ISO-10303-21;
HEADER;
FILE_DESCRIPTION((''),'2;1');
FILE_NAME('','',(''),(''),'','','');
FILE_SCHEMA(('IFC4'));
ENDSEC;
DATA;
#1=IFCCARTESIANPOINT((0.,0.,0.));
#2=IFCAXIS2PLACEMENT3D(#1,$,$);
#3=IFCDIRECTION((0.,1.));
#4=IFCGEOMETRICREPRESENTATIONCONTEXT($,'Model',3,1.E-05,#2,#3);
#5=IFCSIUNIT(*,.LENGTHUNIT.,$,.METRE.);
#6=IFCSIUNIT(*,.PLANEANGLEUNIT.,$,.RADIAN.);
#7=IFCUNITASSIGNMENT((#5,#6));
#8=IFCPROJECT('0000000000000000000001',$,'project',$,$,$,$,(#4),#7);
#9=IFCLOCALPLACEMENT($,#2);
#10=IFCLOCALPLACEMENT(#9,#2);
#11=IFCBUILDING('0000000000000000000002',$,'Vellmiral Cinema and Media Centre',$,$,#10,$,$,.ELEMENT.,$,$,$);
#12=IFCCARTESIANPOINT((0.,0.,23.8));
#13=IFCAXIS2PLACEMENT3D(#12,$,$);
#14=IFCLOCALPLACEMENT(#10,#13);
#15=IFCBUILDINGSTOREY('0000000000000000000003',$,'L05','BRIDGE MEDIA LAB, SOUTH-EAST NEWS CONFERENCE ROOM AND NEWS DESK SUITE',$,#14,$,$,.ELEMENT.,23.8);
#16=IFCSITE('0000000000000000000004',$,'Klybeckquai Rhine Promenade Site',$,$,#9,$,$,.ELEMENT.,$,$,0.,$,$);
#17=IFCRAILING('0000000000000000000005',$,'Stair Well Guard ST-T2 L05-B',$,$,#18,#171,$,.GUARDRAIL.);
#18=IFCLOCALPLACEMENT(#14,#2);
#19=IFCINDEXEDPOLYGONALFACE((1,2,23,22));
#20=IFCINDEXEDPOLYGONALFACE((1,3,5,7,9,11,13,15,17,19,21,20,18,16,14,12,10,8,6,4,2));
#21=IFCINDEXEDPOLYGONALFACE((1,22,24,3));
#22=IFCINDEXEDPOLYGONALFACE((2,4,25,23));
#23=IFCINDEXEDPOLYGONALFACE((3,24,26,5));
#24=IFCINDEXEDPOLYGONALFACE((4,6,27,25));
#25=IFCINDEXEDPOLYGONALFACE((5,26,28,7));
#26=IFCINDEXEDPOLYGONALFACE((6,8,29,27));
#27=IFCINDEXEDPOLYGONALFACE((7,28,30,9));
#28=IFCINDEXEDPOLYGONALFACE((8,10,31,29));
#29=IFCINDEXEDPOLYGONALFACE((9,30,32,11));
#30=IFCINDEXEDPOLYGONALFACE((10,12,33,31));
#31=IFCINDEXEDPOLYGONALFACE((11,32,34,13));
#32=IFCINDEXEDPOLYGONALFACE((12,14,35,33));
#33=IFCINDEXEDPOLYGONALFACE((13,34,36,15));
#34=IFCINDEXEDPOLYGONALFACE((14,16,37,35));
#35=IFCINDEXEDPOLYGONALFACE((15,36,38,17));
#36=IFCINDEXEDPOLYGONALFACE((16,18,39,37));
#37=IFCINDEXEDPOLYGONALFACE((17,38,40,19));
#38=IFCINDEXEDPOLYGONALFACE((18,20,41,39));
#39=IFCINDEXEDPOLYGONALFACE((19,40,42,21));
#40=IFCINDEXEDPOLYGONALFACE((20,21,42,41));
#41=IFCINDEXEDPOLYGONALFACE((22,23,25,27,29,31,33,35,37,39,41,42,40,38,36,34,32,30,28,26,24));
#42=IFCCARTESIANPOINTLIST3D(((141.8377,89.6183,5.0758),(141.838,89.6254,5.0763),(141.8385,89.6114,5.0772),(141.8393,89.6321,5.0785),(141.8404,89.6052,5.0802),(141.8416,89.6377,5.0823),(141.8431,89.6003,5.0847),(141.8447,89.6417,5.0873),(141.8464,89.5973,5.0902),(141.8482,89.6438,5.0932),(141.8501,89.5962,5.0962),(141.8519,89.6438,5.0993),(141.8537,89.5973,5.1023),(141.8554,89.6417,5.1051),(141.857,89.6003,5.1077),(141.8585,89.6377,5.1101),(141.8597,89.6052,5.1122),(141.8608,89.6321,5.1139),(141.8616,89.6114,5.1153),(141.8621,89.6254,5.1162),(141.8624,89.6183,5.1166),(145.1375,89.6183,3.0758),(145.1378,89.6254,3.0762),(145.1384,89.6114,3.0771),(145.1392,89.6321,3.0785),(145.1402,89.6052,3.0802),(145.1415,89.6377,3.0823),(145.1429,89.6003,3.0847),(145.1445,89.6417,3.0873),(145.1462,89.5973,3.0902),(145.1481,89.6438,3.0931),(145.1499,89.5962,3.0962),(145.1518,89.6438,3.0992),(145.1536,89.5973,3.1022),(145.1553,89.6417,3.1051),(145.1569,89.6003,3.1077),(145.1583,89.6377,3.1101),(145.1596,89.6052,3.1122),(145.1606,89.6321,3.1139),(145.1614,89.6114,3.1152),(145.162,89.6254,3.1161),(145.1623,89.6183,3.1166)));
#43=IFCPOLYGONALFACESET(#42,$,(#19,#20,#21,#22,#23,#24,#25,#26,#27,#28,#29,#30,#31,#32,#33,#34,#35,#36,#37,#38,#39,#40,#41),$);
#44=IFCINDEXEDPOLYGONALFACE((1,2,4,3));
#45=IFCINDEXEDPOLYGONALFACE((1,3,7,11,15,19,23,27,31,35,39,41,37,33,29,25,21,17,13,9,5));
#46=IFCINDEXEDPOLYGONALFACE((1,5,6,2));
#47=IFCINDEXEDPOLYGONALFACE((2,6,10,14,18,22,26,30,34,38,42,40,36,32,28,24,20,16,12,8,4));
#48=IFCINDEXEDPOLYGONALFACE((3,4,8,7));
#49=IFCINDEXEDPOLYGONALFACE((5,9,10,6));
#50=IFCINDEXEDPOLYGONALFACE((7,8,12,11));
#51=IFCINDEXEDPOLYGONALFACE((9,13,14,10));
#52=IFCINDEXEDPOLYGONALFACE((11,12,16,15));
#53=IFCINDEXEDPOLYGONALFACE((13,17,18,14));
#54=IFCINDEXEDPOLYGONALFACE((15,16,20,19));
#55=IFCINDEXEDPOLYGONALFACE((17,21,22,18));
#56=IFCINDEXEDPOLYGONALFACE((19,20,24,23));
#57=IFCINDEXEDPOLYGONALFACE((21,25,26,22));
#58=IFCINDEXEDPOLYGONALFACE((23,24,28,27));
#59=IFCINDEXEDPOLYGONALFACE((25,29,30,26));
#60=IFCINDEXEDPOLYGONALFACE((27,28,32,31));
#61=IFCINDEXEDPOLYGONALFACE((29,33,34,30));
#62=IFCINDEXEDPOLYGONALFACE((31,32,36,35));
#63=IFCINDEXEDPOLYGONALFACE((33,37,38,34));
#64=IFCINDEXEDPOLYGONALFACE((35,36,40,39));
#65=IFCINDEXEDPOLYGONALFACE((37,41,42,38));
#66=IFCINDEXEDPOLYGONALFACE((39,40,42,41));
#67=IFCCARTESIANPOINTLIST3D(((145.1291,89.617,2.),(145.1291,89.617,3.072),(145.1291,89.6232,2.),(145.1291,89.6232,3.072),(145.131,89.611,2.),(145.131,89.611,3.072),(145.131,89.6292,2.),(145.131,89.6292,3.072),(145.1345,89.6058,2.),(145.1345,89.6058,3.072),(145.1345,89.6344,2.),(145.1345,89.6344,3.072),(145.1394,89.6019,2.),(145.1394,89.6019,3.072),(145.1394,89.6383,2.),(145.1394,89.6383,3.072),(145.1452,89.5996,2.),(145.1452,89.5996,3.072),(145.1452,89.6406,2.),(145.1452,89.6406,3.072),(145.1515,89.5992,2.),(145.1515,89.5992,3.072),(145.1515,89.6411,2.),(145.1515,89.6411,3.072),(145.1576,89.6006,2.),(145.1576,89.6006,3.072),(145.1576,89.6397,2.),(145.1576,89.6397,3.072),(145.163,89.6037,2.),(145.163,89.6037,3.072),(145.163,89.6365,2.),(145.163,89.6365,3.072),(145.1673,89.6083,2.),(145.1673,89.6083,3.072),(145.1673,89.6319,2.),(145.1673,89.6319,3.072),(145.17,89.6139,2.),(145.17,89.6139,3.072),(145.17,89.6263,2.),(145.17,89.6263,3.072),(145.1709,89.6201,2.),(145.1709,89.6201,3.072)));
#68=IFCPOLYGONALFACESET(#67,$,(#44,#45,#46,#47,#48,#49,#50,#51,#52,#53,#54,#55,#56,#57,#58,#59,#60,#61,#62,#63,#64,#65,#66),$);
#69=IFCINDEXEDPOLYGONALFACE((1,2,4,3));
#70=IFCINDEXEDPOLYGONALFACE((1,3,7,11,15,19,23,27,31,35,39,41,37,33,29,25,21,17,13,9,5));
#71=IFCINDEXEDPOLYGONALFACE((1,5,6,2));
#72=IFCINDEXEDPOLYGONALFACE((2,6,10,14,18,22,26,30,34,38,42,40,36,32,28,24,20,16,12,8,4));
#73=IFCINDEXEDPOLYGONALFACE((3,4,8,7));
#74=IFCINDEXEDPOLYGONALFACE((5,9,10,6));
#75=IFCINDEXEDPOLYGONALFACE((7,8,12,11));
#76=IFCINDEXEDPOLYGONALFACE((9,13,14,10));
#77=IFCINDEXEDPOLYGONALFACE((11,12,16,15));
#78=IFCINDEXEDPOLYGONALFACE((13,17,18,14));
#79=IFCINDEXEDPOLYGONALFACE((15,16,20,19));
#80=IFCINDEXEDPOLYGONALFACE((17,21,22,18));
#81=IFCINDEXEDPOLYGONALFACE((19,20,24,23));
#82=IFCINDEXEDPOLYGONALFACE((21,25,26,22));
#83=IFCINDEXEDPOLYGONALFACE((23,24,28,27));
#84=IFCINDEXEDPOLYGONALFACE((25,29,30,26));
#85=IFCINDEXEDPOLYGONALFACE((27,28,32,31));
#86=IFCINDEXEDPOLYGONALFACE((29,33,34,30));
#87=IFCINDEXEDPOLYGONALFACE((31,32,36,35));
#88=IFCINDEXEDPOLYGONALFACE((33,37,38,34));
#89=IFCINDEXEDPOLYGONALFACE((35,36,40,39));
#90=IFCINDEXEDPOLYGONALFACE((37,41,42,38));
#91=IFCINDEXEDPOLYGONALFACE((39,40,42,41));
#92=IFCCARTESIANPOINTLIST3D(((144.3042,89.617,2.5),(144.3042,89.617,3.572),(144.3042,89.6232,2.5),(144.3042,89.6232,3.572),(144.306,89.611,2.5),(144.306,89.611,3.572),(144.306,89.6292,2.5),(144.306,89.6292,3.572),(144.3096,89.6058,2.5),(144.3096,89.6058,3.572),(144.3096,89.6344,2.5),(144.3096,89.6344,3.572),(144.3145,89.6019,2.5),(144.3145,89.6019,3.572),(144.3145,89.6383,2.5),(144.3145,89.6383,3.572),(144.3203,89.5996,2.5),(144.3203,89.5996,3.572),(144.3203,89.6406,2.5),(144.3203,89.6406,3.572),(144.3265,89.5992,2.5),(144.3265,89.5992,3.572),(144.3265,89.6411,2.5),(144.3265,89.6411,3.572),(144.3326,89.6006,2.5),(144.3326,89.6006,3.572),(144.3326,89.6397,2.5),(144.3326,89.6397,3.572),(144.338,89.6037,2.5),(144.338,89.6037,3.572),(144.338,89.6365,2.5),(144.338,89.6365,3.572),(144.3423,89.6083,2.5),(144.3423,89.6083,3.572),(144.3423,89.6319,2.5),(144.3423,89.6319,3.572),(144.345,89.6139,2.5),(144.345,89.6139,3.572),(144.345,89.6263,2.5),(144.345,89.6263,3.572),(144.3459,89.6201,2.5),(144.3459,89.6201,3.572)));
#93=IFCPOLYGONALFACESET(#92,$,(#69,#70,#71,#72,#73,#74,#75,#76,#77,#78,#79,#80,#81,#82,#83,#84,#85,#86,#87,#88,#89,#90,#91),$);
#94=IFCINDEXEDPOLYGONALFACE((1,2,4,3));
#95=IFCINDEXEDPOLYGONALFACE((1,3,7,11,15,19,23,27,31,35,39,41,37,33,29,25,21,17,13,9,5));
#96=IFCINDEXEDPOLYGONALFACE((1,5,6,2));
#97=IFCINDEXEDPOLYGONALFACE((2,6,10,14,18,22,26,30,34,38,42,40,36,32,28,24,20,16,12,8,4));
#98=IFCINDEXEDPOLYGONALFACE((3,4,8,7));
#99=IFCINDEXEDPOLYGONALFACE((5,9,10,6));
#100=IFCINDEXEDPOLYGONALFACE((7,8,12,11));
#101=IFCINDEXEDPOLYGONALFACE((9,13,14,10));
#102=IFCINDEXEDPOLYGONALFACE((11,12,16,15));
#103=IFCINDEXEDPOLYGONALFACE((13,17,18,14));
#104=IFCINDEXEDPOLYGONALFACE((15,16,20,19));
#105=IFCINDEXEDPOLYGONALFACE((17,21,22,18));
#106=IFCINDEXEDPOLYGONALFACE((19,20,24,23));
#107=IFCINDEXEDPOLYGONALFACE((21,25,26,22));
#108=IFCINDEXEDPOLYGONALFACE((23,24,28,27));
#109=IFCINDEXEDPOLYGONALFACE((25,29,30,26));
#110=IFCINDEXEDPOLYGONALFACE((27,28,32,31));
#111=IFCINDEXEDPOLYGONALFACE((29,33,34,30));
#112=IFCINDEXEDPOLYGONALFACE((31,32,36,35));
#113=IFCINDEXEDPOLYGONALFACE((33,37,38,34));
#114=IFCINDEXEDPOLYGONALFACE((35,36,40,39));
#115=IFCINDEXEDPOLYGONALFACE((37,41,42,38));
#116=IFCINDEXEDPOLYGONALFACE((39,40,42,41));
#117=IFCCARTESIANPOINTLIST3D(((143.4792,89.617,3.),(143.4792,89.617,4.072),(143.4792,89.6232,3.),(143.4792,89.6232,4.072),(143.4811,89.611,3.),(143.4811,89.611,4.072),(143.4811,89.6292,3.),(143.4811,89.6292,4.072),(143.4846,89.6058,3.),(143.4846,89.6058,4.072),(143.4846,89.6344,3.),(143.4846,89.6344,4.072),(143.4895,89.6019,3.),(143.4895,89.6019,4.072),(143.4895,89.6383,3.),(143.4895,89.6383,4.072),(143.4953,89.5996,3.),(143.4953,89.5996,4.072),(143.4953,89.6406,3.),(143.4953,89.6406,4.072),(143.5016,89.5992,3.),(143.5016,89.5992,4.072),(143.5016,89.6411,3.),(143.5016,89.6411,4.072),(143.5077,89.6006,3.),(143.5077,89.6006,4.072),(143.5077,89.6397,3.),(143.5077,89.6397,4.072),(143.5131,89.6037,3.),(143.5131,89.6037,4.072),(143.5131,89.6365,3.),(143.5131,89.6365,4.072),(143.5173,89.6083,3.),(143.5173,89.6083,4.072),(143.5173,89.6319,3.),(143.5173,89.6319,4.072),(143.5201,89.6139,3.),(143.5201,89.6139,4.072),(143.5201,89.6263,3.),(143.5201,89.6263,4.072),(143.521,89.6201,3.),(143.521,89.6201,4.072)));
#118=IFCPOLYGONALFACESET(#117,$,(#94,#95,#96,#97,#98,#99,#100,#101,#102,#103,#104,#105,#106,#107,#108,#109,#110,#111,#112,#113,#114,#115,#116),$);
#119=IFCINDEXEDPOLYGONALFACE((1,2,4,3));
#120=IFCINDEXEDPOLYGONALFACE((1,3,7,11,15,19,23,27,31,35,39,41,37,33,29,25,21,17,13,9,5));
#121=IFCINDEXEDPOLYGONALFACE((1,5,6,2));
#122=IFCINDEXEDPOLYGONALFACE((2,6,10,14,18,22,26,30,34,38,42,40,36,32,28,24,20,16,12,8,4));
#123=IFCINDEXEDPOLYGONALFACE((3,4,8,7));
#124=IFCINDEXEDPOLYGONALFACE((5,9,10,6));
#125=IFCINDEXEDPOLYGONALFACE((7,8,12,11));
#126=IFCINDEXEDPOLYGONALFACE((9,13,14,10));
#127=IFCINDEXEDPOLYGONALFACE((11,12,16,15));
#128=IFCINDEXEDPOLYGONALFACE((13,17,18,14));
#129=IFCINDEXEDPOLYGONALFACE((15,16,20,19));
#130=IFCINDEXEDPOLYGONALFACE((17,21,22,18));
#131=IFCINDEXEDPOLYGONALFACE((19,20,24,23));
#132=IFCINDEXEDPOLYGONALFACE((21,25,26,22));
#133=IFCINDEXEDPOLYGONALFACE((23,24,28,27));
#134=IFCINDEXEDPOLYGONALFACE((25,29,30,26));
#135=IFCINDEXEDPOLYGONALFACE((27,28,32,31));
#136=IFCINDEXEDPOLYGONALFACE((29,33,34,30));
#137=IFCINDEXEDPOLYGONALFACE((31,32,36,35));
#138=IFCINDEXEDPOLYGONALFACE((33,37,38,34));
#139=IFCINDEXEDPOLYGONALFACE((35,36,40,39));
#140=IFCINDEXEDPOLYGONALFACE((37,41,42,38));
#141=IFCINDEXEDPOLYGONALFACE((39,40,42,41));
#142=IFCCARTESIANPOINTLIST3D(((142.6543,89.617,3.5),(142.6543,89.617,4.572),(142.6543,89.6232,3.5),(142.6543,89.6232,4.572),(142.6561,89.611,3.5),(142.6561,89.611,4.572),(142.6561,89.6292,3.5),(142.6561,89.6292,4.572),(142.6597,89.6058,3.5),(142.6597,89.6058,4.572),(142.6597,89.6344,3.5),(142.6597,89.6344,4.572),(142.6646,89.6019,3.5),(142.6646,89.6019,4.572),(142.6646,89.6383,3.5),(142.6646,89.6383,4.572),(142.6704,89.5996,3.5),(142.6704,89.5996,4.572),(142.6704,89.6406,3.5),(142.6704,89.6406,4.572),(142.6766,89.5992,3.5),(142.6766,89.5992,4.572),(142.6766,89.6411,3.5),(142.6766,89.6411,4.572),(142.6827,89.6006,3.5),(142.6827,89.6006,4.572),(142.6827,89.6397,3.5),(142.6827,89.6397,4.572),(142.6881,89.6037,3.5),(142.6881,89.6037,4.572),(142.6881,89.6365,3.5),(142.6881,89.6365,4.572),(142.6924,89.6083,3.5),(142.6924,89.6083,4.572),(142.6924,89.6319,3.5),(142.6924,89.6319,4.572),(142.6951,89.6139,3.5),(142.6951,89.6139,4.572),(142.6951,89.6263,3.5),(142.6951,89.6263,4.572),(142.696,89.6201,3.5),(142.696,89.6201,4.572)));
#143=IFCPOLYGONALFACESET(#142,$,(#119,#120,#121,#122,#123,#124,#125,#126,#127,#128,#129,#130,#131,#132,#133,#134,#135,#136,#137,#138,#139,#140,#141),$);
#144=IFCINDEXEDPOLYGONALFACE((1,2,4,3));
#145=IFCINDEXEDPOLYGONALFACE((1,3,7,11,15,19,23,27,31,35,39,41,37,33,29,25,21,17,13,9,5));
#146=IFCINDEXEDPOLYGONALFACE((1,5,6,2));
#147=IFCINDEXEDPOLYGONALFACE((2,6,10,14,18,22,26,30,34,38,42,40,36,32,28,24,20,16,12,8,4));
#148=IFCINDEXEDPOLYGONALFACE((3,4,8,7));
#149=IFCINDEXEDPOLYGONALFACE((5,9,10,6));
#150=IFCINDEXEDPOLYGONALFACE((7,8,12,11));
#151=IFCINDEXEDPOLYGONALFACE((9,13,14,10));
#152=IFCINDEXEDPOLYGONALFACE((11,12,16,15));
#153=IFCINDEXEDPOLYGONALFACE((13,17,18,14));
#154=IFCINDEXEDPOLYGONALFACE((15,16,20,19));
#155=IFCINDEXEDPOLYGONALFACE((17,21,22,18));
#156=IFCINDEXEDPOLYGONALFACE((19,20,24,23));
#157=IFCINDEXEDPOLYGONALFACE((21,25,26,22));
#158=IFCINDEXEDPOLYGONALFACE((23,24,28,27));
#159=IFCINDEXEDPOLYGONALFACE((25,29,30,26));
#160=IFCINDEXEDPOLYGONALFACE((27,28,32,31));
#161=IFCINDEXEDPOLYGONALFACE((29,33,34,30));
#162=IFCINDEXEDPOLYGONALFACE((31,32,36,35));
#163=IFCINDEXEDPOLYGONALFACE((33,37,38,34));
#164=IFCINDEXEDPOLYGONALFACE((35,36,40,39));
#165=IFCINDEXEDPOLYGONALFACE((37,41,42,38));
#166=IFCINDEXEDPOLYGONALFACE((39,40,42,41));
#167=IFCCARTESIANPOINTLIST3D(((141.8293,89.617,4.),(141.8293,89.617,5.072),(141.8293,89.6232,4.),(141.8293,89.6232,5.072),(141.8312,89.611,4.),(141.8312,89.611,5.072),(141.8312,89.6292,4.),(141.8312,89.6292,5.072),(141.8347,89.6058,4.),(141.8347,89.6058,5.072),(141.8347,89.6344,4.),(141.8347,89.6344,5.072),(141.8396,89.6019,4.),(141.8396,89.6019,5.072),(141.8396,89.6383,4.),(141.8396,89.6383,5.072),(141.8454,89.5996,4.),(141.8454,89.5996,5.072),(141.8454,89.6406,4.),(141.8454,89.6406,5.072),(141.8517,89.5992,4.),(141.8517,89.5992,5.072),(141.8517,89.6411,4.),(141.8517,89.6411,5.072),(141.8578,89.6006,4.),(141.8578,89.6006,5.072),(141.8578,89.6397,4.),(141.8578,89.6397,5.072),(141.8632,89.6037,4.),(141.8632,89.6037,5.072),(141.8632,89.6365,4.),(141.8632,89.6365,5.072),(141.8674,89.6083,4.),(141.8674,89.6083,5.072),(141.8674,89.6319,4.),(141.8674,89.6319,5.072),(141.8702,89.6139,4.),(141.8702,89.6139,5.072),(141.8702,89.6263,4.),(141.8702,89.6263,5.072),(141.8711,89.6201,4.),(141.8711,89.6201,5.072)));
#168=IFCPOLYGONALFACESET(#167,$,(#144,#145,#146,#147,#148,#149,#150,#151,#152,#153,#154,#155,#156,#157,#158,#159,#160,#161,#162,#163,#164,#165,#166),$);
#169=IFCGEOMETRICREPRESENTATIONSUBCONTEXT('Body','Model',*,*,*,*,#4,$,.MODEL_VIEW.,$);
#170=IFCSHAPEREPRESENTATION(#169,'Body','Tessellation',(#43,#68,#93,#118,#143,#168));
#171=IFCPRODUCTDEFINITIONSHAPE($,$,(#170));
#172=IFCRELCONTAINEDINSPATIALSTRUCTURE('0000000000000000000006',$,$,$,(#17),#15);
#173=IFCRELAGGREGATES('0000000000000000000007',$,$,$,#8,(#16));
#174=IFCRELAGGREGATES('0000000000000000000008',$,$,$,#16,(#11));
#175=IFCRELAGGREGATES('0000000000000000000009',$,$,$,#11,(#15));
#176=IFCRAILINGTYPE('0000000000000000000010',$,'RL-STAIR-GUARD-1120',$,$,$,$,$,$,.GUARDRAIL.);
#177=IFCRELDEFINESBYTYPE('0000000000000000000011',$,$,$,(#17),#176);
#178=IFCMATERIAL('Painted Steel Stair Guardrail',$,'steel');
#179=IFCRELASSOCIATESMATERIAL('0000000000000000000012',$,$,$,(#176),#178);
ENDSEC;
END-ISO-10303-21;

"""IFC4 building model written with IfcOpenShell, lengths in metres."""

from ifc_helpers import new_model, si_unit, direction, frame, origin, origin_2d, place, context, subcontext, project, spatial, circle, extrude, material, type_object, element, save


model = new_model("IFC4")

# Units and contexts
model_context = context("Model", 3, precision=1e-05, world=origin(), true_north=direction((0.0, 1.0)))
body_context = subcontext(model_context, "Body", "Model", "MODEL_VIEW")
ifc_project = project(units=[si_unit("LENGTHUNIT", "METRE"), si_unit("PLANEANGLEUNIT", "RADIAN")], contexts=[model_context])

# Site, building, storey
site_placement = place(None, origin())
site = spatial("IfcSite", under=ifc_project, at=site_placement, Name="Klybeckquai Rhine Promenade Site", CompositionType="ELEMENT", RefElevation=0.0)
building_placement = place(site_placement, origin())
building = spatial("IfcBuilding", under=site, at=building_placement, Name="Vellmiral Cinema and Media Centre", CompositionType="ELEMENT")
storey_placement = place(building_placement, frame((0.0, 0.0, 23.8)))
storey = spatial("IfcBuildingStorey", under=building, at=storey_placement, Name="L05", Description="BRIDGE MEDIA LAB, SOUTH-EAST NEWS CONFERENCE ROOM AND NEWS DESK SUITE", CompositionType="ELEMENT", Elevation=23.8)

# Railing
ifc_material_1 = material(Name="Painted Steel Stair Guardrail", Category="steel")
railing_type_1 = type_object("IfcRailingType", Name="RL-STAIR-GUARD-1120", PredefinedType="GUARDRAIL", material=ifc_material_1)
railing_1_placement = place(storey_placement, frame((145.1499, 89.6201, 2.0)))
element("IfcRailing", 1, at=railing_1_placement, inside=storey, type_object=railing_type_1, Name="Stair Well Guard ST-T2 L05-B", PredefinedType="GUARDRAIL", context=body_context, shape_type="SweptSolid", body=[
    extrude(circle(Radius=0.0239, at=origin_2d()), frame((0.0, 0.0, 1.0962), z_axis=(-0.855184, 0.0, 0.518324), x_axis=(0.0, -1.0, 0.0)), (0.0, 0.0, 1.0), 3.8586),
    extrude(circle(Radius=0.021, at=origin_2d()), origin(), (0.0, 0.0, 1.0), 1.072),
    extrude(circle(Radius=0.021, at=origin_2d()), frame((-0.825, 0.0, 0.5)), (0.0, 0.0, 1.0), 1.072),
    extrude(circle(Radius=0.021, at=origin_2d()), frame((-1.6499, 0.0, 1.0)), (0.0, 0.0, 1.0), 1.072),
    extrude(circle(Radius=0.021, at=origin_2d()), frame((-2.4749, 0.0, 1.5)), (0.0, 0.0, 1.0), 1.072),
    extrude(circle(Radius=0.021, at=origin_2d()), frame((-3.2998, 0.0, 2.0)), (0.0, 0.0, 1.0), 1.072),
])

save(model, "model.ifc")
